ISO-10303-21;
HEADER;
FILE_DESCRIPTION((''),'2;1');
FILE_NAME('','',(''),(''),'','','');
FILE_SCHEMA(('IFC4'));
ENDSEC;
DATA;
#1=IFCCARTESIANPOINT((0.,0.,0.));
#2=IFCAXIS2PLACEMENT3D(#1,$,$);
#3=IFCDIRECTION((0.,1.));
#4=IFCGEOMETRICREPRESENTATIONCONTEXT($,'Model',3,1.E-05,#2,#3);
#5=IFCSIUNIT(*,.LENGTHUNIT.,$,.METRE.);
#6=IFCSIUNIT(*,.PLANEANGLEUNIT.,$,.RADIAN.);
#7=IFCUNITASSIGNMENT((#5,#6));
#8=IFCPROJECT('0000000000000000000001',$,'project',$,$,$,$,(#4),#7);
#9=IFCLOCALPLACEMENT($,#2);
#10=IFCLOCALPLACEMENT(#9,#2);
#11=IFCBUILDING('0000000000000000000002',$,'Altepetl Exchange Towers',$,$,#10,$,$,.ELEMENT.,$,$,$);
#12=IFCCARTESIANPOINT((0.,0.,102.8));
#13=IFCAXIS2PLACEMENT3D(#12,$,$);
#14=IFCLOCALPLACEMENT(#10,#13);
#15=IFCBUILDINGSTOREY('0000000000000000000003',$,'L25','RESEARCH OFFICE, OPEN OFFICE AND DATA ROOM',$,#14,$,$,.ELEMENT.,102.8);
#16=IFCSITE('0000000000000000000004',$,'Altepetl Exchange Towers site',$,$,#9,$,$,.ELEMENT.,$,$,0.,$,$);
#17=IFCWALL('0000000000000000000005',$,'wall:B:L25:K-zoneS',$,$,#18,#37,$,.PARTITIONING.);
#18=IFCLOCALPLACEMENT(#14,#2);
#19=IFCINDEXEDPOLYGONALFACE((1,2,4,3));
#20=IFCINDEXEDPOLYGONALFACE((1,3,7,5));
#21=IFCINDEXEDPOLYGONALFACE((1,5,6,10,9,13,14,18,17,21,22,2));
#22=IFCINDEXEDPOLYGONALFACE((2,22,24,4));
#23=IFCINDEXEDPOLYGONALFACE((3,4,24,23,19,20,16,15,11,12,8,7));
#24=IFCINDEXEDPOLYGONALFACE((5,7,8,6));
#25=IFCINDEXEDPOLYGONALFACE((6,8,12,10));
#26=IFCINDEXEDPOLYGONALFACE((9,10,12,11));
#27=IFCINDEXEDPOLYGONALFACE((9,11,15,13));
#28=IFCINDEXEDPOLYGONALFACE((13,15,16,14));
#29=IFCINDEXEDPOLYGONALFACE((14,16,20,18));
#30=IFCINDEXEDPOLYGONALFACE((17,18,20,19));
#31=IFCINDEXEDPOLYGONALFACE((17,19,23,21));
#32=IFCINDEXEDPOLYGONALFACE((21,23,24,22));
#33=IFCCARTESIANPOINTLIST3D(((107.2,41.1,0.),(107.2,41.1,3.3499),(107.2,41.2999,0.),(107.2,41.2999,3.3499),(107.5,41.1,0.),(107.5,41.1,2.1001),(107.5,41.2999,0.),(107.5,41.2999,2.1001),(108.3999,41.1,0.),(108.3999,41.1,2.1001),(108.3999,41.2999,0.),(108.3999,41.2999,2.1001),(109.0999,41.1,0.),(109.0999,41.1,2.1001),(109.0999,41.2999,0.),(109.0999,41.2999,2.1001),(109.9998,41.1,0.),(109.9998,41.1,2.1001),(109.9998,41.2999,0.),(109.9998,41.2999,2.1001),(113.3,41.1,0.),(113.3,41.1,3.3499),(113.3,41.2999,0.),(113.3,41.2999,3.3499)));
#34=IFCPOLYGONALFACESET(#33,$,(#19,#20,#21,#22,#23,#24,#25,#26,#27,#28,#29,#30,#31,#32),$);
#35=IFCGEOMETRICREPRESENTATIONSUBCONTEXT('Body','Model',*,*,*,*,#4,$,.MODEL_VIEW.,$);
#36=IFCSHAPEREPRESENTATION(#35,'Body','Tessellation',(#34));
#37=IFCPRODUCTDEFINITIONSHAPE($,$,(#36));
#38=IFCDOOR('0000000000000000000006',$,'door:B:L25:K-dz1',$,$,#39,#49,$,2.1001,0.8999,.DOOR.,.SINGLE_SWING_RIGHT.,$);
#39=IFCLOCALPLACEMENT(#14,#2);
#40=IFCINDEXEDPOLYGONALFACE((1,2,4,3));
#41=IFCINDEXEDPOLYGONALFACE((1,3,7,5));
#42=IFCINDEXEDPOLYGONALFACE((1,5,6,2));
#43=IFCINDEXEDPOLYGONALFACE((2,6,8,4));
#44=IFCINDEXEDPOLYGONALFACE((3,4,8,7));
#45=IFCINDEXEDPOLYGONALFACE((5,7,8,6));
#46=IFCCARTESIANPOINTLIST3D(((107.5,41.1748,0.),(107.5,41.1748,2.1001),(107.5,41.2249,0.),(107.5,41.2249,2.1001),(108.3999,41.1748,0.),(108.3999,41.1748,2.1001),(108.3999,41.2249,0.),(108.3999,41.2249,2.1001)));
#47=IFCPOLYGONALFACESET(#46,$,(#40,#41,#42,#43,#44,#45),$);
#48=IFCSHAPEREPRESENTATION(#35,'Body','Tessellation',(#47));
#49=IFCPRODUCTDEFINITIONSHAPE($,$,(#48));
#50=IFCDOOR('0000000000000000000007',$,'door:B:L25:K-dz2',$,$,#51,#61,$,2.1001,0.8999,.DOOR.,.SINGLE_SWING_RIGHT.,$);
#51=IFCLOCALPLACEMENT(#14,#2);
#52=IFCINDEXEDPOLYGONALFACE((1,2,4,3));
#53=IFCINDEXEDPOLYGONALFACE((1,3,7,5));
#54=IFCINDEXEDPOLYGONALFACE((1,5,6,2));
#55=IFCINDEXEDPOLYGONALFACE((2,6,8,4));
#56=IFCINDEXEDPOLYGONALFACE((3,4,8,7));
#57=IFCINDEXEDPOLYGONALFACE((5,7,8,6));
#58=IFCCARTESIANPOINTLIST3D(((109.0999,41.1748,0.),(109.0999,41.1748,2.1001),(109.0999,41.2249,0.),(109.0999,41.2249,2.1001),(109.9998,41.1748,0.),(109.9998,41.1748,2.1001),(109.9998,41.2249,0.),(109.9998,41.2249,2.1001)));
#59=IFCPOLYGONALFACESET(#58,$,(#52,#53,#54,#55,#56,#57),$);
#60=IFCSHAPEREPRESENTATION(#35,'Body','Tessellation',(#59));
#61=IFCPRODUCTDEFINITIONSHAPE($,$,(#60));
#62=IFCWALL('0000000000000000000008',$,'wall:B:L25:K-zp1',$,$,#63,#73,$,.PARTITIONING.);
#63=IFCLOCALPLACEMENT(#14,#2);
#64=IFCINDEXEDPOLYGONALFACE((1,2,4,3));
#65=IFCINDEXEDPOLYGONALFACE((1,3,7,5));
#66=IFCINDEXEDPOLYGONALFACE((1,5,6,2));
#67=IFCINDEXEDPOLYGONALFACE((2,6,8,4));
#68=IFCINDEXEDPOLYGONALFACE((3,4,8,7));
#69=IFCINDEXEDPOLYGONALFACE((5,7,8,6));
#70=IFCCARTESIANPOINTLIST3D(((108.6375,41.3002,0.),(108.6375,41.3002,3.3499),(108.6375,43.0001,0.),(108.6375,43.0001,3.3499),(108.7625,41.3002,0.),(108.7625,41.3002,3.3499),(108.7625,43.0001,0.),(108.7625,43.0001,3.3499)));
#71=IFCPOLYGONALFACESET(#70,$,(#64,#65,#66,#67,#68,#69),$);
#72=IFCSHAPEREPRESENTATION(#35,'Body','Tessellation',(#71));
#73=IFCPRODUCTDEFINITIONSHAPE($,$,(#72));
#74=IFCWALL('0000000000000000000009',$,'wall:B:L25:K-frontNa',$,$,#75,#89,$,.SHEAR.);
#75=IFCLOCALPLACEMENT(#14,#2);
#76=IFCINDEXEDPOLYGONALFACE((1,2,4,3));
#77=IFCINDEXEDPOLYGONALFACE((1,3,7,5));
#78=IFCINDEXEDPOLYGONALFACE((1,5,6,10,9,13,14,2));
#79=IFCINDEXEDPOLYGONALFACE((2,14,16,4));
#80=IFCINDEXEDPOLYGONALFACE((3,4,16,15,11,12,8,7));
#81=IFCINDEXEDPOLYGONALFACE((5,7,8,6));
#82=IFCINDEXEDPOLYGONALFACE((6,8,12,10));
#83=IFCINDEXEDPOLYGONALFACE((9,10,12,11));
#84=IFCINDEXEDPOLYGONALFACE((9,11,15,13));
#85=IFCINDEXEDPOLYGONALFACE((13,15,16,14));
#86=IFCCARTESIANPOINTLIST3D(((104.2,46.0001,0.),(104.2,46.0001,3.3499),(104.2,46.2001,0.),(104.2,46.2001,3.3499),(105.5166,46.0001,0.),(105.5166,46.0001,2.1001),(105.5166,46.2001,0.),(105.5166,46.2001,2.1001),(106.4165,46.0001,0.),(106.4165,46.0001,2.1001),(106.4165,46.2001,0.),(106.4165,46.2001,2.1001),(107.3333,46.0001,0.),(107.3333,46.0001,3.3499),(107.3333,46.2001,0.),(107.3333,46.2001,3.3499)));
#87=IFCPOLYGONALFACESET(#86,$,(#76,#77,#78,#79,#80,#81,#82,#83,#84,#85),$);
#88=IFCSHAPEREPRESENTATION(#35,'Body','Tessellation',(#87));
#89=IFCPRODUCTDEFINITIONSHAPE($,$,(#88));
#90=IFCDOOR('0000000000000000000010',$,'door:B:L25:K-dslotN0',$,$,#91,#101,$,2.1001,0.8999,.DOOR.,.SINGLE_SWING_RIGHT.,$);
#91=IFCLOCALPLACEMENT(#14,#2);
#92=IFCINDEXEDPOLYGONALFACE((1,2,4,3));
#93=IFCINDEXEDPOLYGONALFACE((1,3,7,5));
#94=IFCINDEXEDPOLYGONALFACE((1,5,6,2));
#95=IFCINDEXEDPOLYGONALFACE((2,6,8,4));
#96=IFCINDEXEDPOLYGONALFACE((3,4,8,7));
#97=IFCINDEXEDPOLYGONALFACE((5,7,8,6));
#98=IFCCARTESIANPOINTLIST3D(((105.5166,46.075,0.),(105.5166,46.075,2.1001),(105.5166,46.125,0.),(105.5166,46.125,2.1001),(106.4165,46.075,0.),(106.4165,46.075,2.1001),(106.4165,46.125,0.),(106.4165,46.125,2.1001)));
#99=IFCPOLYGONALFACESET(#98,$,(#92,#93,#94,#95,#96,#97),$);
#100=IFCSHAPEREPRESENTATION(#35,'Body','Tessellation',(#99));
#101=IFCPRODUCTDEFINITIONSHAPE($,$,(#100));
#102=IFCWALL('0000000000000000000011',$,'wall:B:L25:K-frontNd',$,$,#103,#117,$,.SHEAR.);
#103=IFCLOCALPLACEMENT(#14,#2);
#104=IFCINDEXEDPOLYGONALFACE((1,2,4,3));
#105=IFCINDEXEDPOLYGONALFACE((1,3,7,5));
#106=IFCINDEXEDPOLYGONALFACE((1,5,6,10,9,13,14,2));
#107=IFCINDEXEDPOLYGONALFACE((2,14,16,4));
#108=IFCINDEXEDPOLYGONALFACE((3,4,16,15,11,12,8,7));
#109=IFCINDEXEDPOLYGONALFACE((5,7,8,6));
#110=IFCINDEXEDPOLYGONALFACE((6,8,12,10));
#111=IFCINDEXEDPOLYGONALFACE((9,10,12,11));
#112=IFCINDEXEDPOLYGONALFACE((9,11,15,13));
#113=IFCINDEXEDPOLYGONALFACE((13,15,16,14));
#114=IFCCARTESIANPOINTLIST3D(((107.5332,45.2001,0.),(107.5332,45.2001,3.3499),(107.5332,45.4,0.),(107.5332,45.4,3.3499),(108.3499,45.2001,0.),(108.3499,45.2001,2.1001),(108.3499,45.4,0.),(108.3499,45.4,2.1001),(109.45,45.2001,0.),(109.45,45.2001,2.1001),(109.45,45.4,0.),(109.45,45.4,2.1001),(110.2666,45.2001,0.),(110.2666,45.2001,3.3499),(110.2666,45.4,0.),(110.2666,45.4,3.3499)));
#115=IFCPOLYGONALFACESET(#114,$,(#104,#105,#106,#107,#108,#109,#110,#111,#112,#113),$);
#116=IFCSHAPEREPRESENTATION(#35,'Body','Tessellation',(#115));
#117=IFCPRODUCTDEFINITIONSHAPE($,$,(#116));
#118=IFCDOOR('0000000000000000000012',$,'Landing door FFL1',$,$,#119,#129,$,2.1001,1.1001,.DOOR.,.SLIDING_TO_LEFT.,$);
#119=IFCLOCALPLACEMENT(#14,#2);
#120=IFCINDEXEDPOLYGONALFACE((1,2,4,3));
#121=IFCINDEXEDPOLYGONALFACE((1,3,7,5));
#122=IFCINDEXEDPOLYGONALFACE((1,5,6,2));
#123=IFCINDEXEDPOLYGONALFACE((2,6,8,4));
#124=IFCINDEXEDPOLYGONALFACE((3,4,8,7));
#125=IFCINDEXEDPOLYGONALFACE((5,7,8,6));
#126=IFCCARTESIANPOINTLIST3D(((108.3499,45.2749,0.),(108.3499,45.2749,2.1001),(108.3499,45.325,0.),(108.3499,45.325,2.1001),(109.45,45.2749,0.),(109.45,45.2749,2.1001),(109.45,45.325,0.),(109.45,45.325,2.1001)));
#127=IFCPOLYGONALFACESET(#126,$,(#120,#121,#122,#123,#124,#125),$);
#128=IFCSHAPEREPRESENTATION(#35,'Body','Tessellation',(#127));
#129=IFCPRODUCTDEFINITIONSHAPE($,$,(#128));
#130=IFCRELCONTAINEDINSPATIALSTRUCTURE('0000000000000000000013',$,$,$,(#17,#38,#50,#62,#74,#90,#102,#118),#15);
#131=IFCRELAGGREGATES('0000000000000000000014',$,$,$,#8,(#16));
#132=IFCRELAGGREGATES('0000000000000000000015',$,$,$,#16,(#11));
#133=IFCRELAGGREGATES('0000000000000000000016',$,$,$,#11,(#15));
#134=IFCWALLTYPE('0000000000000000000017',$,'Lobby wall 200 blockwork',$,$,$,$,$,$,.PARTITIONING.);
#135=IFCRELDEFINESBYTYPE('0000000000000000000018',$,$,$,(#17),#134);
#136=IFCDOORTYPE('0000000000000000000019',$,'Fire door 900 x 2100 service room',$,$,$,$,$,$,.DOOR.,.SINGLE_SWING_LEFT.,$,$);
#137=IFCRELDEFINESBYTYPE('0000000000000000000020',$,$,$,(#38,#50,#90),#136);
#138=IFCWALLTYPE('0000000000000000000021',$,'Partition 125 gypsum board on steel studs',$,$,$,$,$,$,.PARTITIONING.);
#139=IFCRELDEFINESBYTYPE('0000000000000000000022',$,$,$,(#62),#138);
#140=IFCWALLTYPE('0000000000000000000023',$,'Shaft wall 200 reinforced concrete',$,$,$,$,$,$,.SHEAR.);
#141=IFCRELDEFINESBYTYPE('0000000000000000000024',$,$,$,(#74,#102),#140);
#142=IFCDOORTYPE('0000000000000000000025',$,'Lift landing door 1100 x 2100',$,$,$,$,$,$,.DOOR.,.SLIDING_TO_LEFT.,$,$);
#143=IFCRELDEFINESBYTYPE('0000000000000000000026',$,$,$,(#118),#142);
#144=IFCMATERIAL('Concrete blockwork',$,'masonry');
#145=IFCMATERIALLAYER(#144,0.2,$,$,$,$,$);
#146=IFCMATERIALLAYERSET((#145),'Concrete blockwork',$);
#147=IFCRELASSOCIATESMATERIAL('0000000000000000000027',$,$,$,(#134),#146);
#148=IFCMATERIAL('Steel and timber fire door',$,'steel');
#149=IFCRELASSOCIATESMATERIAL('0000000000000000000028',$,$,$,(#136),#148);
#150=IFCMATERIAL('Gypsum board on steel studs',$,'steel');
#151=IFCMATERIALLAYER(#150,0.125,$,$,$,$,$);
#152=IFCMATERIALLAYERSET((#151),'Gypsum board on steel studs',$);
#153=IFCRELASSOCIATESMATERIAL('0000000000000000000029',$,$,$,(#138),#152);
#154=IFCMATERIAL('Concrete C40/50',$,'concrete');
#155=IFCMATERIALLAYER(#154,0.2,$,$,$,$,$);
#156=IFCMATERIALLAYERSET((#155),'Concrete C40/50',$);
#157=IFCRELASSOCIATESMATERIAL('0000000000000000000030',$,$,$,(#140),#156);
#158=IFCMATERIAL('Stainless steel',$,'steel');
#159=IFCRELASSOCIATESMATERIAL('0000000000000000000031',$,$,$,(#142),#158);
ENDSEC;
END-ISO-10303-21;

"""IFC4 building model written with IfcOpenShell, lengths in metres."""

from ifc_helpers import new_model, si_unit, direction, frame, frame_2d, origin, place, context, subcontext, project, spatial, rectangle, extrude, material, layer, layer_set, type_object, element, fill, save


model = new_model("IFC4")

# Units and contexts
model_context = context("Model", 3, precision=1e-05, world=origin(), true_north=direction((0.0, 1.0)))
body_context = subcontext(model_context, "Body", "Model", "MODEL_VIEW")
ifc_project = project(units=[si_unit("LENGTHUNIT", "METRE"), si_unit("PLANEANGLEUNIT", "RADIAN")], contexts=[model_context])

# Site, building, storey
site_placement = place(None, origin())
site = spatial("IfcSite", under=ifc_project, at=site_placement, Name="Altepetl Exchange Towers site", CompositionType="ELEMENT", RefElevation=0.0)
building_placement = place(site_placement, origin())
building = spatial("IfcBuilding", under=site, at=building_placement, Name="Altepetl Exchange Towers", CompositionType="ELEMENT")
storey_placement = place(building_placement, frame((0.0, 0.0, 102.8)))
storey = spatial("IfcBuildingStorey", under=building, at=storey_placement, Name="L25", Description="RESEARCH OFFICE, OPEN OFFICE AND DATA ROOM", CompositionType="ELEMENT", Elevation=102.8)

# Shared definitions
ifc_material_1 = material(Name="Concrete blockwork", Category="masonry")
ifc_layer_1 = layer(ifc_material_1, 0.2)
ifc_layer_set_1 = layer_set([ifc_layer_1], Name="Concrete blockwork")
wall_type_1 = type_object("IfcWallType", Name="Lobby wall 200 blockwork", PredefinedType="PARTITIONING", material=ifc_layer_set_1)

# Shared definitions
ifc_material_2 = material(Name="Steel and timber fire door", Category="steel")

# Wall, openings, doors
door_type_1 = type_object("IfcDoorType", Name="Fire door 900 x 2100 service room", OperationType="SINGLE_SWING_LEFT", PredefinedType="DOOR", material=ifc_material_2)
wall_1_placement = place(storey_placement, frame((107.2, 41.2, 0.0)))
wall_1 = element("IfcWall", 1, at=wall_1_placement, inside=storey, type_object=wall_type_1, Name="wall:B:L25:K-zoneS", PredefinedType="PARTITIONING", context=body_context, shape_type="SweptSolid", body=[
    extrude(rectangle(XDim=6.1001, YDim=0.2, at=frame_2d((3.05, 0.0))), origin(), (0.0, 0.0, 1.0), 3.3499),
])
opening_1_placement = place(wall_1_placement, frame((0.3, 0.0, 0.0)))
opening_1 = element("IfcOpeningElement", 2, at=opening_1_placement, cuts=wall_1, PredefinedType="OPENING", context=body_context, shape_type="SweptSolid", body=[
    extrude(rectangle(XDim=0.8999, YDim=2.1001, at=frame_2d((0.45, 1.05))), frame((0.0, 0.1099, 0.0), z_axis=(0.0, -1.0, 0.0), x_axis=(1.0, 0.0, 0.0)), (0.0, 0.0, 1.0), 0.22),
])
opening_2_placement = place(wall_1_placement, frame((1.8999, 0.0, 0.0)))
opening_2 = element("IfcOpeningElement", 3, at=opening_2_placement, cuts=wall_1, PredefinedType="OPENING", context=body_context, shape_type="SweptSolid", body=[
    extrude(rectangle(XDim=0.8999, YDim=2.1001, at=frame_2d((0.45, 1.05))), frame((0.0, 0.1099, 0.0), z_axis=(0.0, -1.0, 0.0), x_axis=(1.0, 0.0, 0.0)), (0.0, 0.0, 1.0), 0.22),
])
door_1_placement = place(opening_1_placement, origin())
door_1 = element("IfcDoor", 4, at=door_1_placement, inside=storey, type_object=door_type_1, Name="door:B:L25:K-dz1", OperationType="SINGLE_SWING_RIGHT", OverallHeight=2.1001, OverallWidth=0.8999, PredefinedType="DOOR", context=body_context, shape_type="SweptSolid", body=[
    extrude(rectangle(XDim=0.8999, YDim=2.1001, at=frame_2d((0.45, 1.05))), frame((0.0, 0.0249, 0.0), z_axis=(0.0, -1.0, 0.0), x_axis=(1.0, 0.0, 0.0)), (0.0, 0.0, 1.0), 0.05),
])
fill(opening_1, door_1)
door_2_placement = place(opening_2_placement, origin())
door_2 = element("IfcDoor", 5, at=door_2_placement, inside=storey, type_object=door_type_1, Name="door:B:L25:K-dz2", OperationType="SINGLE_SWING_RIGHT", OverallHeight=2.1001, OverallWidth=0.8999, PredefinedType="DOOR", context=body_context, shape_type="SweptSolid", body=[
    extrude(rectangle(XDim=0.8999, YDim=2.1001, at=frame_2d((0.45, 1.05))), frame((0.0, 0.0249, 0.0), z_axis=(0.0, -1.0, 0.0), x_axis=(1.0, 0.0, 0.0)), (0.0, 0.0, 1.0), 0.05),
])
fill(opening_2, door_2)

# Wall
ifc_material_3 = material(Name="Gypsum board on steel studs", Category="steel")
ifc_layer_2 = layer(ifc_material_3, 0.125)
ifc_layer_set_2 = layer_set([ifc_layer_2], Name="Gypsum board on steel studs")
wall_type_2 = type_object("IfcWallType", Name="Partition 125 gypsum board on steel studs", PredefinedType="PARTITIONING", material=ifc_layer_set_2)
wall_2_placement = place(storey_placement, frame((108.7, 41.3, 0.0), z_axis=(0.0, 0.0, 1.0), x_axis=(0.0, 1.0, 0.0)))
element("IfcWall", 6, at=wall_2_placement, inside=storey, type_object=wall_type_2, Name="wall:B:L25:K-zp1", PredefinedType="PARTITIONING", context=body_context, shape_type="SweptSolid", body=[
    extrude(rectangle(XDim=1.7, YDim=0.125, at=frame_2d((0.8501, 0.0))), origin(), (0.0, 0.0, 1.0), 3.3499),
])

# Walls, openings, doors
ifc_material_4 = material(Name="Concrete C40/50", Category="concrete")
ifc_layer_3 = layer(ifc_material_4, 0.2)
ifc_layer_set_3 = layer_set([ifc_layer_3], Name="Concrete C40/50")
wall_type_3 = type_object("IfcWallType", Name="Shaft wall 200 reinforced concrete", PredefinedType="SHEAR", material=ifc_layer_set_3)
wall_3_placement = place(storey_placement, frame((104.2, 46.1001, 0.0)))
wall_3 = element("IfcWall", 7, at=wall_3_placement, inside=storey, type_object=wall_type_3, Name="wall:B:L25:K-frontNa", PredefinedType="SHEAR", context=body_context, shape_type="SweptSolid", body=[
    extrude(rectangle(XDim=3.1333, YDim=0.2, at=frame_2d((1.5667, 0.0))), origin(), (0.0, 0.0, 1.0), 3.3499),
])
opening_3_placement = place(wall_3_placement, frame((1.3167, 0.0, 0.0)))
opening_3 = element("IfcOpeningElement", 8, at=opening_3_placement, cuts=wall_3, PredefinedType="OPENING", context=body_context, shape_type="SweptSolid", body=[
    extrude(rectangle(XDim=0.8999, YDim=2.1001, at=frame_2d((0.45, 1.05))), frame((0.0, 0.1099, 0.0), z_axis=(0.0, -1.0, 0.0), x_axis=(1.0, 0.0, 0.0)), (0.0, 0.0, 1.0), 0.22),
])
door_3_placement = place(opening_3_placement, origin())
door_3 = element("IfcDoor", 9, at=door_3_placement, inside=storey, type_object=door_type_1, Name="door:B:L25:K-dslotN0", OperationType="SINGLE_SWING_RIGHT", OverallHeight=2.1001, OverallWidth=0.8999, PredefinedType="DOOR", context=body_context, shape_type="SweptSolid", body=[
    extrude(rectangle(XDim=0.8999, YDim=2.1001, at=frame_2d((0.45, 1.05))), frame((0.0, 0.0249, 0.0), z_axis=(0.0, -1.0, 0.0), x_axis=(1.0, 0.0, 0.0)), (0.0, 0.0, 1.0), 0.05),
])
fill(opening_3, door_3)
wall_4_placement = place(storey_placement, frame((107.5332, 45.3, 0.0)))
wall_4 = element("IfcWall", 10, at=wall_4_placement, inside=storey, type_object=wall_type_3, Name="wall:B:L25:K-frontNd", PredefinedType="SHEAR", context=body_context, shape_type="SweptSolid", body=[
    extrude(rectangle(XDim=2.7334, YDim=0.2, at=frame_2d((1.3667, 0.0))), origin(), (0.0, 0.0, 1.0), 3.3499),
])
opening_4_placement = place(wall_4_placement, frame((0.8167, 0.0, 0.0)))
opening_4 = element("IfcOpeningElement", 11, at=opening_4_placement, cuts=wall_4, PredefinedType="OPENING", context=body_context, shape_type="SweptSolid", body=[
    extrude(rectangle(XDim=1.1001, YDim=2.1001, at=frame_2d((0.55, 1.05))), frame((0.0, 0.1099, 0.0), z_axis=(0.0, -1.0, 0.0), x_axis=(1.0, 0.0, 0.0)), (0.0, 0.0, 1.0), 0.22),
])
ifc_material_5 = material(Name="Stainless steel", Category="steel")
door_type_2 = type_object("IfcDoorType", Name="Lift landing door 1100 x 2100", OperationType="SLIDING_TO_LEFT", PredefinedType="DOOR", material=ifc_material_5)
door_4_placement = place(opening_4_placement, origin())
door_4 = element("IfcDoor", 12, at=door_4_placement, inside=storey, type_object=door_type_2, Name="Landing door FFL1", OperationType="SLIDING_TO_LEFT", OverallHeight=2.1001, OverallWidth=1.1001, PredefinedType="DOOR", context=body_context, shape_type="SweptSolid", body=[
    extrude(rectangle(XDim=1.1001, YDim=2.1001, at=frame_2d((0.55, 1.05))), frame((0.0, 0.0249, 0.0), z_axis=(0.0, -1.0, 0.0), x_axis=(1.0, 0.0, 0.0)), (0.0, 0.0, 1.0), 0.05),
])
fill(opening_4, door_4)

save(model, "model.ifc")
